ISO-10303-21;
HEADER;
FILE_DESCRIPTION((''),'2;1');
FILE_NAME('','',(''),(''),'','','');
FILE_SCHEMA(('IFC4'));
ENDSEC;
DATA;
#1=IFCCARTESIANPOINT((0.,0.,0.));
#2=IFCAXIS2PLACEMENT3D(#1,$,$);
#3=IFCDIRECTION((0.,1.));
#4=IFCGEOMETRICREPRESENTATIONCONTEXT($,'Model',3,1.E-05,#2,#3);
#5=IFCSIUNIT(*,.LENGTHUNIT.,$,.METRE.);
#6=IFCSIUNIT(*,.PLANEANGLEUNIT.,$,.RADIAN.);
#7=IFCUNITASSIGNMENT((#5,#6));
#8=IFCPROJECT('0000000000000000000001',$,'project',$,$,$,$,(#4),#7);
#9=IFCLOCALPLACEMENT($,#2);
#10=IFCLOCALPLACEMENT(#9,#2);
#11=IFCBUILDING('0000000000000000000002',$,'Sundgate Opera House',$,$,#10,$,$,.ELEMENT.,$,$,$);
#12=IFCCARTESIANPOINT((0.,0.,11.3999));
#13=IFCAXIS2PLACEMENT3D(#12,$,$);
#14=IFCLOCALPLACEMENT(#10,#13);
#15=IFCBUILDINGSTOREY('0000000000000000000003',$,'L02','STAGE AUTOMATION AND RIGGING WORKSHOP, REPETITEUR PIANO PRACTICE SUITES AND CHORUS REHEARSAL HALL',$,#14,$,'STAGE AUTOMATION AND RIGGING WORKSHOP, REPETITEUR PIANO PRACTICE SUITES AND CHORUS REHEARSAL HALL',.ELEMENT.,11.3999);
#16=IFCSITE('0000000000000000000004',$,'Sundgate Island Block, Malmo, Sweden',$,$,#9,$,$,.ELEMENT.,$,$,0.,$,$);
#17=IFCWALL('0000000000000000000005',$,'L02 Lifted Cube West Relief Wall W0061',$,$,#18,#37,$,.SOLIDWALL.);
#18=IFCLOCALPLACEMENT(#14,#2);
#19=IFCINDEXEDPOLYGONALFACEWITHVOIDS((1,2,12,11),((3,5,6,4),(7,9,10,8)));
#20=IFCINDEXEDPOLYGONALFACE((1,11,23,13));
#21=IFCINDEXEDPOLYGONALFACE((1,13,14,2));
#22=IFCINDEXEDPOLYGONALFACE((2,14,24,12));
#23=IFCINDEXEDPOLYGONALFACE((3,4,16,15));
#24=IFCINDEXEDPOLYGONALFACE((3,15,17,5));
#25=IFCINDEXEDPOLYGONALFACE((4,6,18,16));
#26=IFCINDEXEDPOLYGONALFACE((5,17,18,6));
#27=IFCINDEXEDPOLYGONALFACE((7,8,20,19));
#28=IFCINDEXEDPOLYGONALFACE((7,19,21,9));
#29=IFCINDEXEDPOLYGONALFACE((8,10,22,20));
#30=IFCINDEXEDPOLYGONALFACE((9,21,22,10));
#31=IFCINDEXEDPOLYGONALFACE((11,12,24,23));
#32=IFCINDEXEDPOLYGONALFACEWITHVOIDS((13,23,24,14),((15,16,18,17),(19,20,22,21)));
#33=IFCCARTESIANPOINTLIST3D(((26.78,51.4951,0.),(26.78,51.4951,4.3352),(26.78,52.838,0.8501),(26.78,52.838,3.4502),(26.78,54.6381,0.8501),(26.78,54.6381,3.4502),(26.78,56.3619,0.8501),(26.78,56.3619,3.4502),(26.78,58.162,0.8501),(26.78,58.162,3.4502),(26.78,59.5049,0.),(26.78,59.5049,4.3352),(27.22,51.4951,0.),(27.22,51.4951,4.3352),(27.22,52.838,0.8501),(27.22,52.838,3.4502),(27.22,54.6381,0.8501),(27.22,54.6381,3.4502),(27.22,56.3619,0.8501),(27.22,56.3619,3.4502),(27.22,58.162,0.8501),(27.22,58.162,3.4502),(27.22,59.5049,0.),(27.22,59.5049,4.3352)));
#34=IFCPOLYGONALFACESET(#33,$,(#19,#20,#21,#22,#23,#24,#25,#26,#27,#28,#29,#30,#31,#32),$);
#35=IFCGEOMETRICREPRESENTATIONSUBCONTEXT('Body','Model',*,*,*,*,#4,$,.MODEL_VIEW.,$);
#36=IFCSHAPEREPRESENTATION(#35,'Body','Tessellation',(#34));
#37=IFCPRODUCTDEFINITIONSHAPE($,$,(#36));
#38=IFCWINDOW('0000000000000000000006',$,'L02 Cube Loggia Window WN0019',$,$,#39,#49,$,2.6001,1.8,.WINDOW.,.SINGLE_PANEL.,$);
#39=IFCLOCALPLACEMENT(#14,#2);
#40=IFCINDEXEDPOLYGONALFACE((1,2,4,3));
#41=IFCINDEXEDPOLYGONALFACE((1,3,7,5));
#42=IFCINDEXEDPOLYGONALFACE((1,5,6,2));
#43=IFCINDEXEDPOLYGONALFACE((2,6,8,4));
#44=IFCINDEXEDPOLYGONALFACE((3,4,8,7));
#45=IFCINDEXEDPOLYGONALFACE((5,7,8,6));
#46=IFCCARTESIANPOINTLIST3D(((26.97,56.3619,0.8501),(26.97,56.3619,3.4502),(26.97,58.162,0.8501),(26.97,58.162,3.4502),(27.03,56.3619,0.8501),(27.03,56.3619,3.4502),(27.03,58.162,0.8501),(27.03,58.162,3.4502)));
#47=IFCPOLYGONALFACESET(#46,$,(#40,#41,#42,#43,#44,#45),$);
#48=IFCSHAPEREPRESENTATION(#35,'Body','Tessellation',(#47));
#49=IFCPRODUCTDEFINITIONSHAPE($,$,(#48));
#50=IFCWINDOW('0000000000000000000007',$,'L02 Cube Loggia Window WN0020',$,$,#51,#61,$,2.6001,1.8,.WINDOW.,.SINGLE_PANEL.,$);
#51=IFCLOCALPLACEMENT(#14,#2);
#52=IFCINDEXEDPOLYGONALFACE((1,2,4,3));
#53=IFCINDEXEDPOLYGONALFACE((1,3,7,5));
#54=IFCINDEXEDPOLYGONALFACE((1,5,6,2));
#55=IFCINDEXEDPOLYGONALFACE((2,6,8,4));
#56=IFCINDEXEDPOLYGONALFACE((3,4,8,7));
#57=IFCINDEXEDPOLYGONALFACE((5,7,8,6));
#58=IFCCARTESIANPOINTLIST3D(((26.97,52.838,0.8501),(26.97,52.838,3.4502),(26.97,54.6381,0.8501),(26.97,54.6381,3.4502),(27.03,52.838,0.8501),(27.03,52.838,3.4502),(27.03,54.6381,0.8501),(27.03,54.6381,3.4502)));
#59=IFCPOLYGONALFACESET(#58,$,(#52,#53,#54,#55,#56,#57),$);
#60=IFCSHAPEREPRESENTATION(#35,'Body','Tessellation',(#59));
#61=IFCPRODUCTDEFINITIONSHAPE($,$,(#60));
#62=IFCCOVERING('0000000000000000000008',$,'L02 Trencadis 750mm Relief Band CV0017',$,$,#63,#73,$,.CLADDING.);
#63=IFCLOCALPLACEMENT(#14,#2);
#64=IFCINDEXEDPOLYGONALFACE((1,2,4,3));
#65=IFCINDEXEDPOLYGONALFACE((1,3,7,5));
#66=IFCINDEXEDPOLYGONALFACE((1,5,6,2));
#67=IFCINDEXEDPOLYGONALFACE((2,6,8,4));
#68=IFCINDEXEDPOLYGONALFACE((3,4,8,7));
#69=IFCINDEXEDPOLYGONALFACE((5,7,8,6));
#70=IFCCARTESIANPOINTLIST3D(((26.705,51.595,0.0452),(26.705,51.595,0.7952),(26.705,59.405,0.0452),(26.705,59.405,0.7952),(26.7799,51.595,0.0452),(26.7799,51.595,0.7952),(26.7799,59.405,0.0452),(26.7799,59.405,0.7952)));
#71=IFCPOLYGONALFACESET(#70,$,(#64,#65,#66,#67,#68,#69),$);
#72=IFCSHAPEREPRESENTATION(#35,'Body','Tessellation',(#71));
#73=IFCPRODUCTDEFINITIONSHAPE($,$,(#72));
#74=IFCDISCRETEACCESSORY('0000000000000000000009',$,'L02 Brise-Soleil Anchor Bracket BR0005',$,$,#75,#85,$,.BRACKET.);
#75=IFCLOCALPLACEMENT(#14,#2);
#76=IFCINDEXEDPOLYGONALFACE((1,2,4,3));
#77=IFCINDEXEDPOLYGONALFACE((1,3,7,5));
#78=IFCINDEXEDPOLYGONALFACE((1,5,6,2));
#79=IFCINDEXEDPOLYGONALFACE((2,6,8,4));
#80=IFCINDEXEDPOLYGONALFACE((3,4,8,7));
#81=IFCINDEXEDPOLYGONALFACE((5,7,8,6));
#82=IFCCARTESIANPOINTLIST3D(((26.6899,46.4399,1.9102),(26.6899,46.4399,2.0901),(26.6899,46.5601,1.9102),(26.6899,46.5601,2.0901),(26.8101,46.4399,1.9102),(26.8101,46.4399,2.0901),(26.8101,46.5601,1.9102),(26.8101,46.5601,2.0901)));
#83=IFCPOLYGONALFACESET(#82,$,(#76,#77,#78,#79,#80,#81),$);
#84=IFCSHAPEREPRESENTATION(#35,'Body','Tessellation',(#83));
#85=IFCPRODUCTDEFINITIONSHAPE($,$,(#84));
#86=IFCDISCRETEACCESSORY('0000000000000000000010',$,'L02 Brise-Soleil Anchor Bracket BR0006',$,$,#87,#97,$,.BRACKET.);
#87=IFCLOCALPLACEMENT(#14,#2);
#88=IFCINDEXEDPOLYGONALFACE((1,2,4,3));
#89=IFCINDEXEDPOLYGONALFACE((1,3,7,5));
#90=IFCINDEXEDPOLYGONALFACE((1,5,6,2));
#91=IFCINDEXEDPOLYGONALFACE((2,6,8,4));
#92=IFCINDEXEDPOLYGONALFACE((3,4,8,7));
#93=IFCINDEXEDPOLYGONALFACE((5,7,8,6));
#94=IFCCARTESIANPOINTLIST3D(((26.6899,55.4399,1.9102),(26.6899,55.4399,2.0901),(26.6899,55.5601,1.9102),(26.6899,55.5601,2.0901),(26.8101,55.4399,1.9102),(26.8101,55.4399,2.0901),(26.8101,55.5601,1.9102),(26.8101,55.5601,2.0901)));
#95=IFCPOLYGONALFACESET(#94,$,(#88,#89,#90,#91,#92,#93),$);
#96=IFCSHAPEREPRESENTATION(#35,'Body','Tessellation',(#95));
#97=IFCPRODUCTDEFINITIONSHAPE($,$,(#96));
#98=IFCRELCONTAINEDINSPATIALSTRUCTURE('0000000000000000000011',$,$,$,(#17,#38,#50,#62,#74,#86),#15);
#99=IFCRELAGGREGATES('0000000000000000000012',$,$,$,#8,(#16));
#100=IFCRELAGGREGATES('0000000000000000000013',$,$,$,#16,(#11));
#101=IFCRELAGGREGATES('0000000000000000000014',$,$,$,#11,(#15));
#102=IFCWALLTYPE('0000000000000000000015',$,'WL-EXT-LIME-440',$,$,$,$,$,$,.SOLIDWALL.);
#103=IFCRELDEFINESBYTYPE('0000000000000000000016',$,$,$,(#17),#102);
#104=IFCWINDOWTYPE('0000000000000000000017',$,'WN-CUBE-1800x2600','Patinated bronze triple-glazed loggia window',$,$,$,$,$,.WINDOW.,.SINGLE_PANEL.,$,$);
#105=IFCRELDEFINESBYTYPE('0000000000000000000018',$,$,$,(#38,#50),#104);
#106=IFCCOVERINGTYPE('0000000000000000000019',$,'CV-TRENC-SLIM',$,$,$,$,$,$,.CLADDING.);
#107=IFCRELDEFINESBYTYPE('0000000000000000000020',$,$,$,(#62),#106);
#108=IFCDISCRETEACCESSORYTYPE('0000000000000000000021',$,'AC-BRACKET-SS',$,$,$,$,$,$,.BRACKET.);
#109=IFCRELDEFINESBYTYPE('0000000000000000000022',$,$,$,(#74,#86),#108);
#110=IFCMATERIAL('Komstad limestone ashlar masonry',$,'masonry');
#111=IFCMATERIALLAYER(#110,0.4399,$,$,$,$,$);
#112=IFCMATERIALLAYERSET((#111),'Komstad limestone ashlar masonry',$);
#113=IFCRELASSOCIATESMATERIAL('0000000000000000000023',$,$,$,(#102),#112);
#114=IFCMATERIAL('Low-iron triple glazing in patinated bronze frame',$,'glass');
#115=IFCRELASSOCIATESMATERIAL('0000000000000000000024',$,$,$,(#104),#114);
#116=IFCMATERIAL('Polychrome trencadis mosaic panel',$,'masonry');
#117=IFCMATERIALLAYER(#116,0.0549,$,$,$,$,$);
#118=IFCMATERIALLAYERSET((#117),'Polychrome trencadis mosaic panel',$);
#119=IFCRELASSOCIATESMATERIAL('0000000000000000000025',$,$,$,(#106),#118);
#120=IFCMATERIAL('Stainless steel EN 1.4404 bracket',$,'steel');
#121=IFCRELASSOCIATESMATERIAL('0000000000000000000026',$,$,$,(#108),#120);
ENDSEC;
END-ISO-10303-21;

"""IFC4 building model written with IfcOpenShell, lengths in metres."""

from ifc_helpers import new_model, si_unit, direction, frame, frame_2d, origin, origin_2d, place, context, subcontext, project, spatial, rectangle, extrude, material, layer, layer_set, type_object, element, fill, save


model = new_model("IFC4")

# Units and contexts
model_context = context("Model", 3, precision=1e-05, world=origin(), true_north=direction((0.0, 1.0)))
body_context = subcontext(model_context, "Body", "Model", "MODEL_VIEW")
ifc_project = project(units=[si_unit("LENGTHUNIT", "METRE"), si_unit("PLANEANGLEUNIT", "RADIAN")], contexts=[model_context])

# Site, building, storey
site_placement = place(None, origin())
site = spatial("IfcSite", under=ifc_project, at=site_placement, Name="Sundgate Island Block, Malmo, Sweden", CompositionType="ELEMENT", RefElevation=0.0)
building_placement = place(site_placement, origin())
building = spatial("IfcBuilding", under=site, at=building_placement, Name="Sundgate Opera House", CompositionType="ELEMENT")
storey_placement = place(building_placement, frame((0.0, 0.0, 11.3999)))
storey = spatial("IfcBuildingStorey", under=building, at=storey_placement, Name="L02", Description="STAGE AUTOMATION AND RIGGING WORKSHOP, REPETITEUR PIANO PRACTICE SUITES AND CHORUS REHEARSAL HALL", LongName="STAGE AUTOMATION AND RIGGING WORKSHOP, REPETITEUR PIANO PRACTICE SUITES AND CHORUS REHEARSAL HALL", CompositionType="ELEMENT", Elevation=11.3999)

# Shared definitions
ifc_material_1 = material(Name="Komstad limestone ashlar masonry", Category="masonry")
ifc_layer_1 = layer(ifc_material_1, 0.4399)
ifc_layer_set_1 = layer_set([ifc_layer_1], Name="Komstad limestone ashlar masonry")
wall_type = type_object("IfcWallType", Name="WL-EXT-LIME-440", PredefinedType="SOLIDWALL", material=ifc_layer_set_1)

# Wall, openings, windows
wall_1_placement = place(storey_placement, frame((27.0, 59.5049, 0.0), z_axis=(0.0, 0.0, 1.0), x_axis=(0.0, -1.0, 0.0)))
wall_1 = element("IfcWall", 1, at=wall_1_placement, inside=storey, type_object=wall_type, Name="L02 Lifted Cube West Relief Wall W0061", PredefinedType="SOLIDWALL", context=body_context, shape_type="SweptSolid", body=[
    extrude(rectangle(XDim=8.0098, YDim=0.4399, at=frame_2d((4.0049, 0.0))), origin(), (0.0, 0.0, 1.0), 4.3352),
])
opening_1_placement = place(wall_1_placement, frame((1.343, 0.0, 0.8501)))
opening_1 = element("IfcOpeningElement", 2, at=opening_1_placement, cuts=wall_1, PredefinedType="OPENING", context=body_context, shape_type="SweptSolid", body=[
    extrude(rectangle(XDim=1.8, YDim=2.6001, at=frame_2d((0.8999, 1.3))), frame((0.0, 0.23, 0.0), z_axis=(0.0, -1.0, 0.0), x_axis=(1.0, 0.0, 0.0)), (0.0, 0.0, 1.0), 0.46),
])
opening_2_placement = place(wall_1_placement, frame((4.8669, 0.0, 0.8501)))
opening_2 = element("IfcOpeningElement", 3, at=opening_2_placement, cuts=wall_1, PredefinedType="OPENING", context=body_context, shape_type="SweptSolid", body=[
    extrude(rectangle(XDim=1.8, YDim=2.6001, at=frame_2d((0.8999, 1.3))), frame((0.0, 0.23, 0.0), z_axis=(0.0, -1.0, 0.0), x_axis=(1.0, 0.0, 0.0)), (0.0, 0.0, 1.0), 0.46),
])
ifc_material_2 = material(Name="Low-iron triple glazing in patinated bronze frame", Category="glass")
window_type = type_object("IfcWindowType", Name="WN-CUBE-1800x2600", Description="Patinated bronze triple-glazed loggia window", PartitioningType="SINGLE_PANEL", PredefinedType="WINDOW", material=ifc_material_2)
window_1_placement = place(opening_1_placement, origin())
window_1 = element("IfcWindow", 4, at=window_1_placement, inside=storey, type_object=window_type, Name="L02 Cube Loggia Window WN0019", OverallHeight=2.6001, OverallWidth=1.8, PartitioningType="SINGLE_PANEL", PredefinedType="WINDOW", context=body_context, shape_type="SweptSolid", body=[
    extrude(rectangle(XDim=1.8, YDim=2.6001, at=frame_2d((0.8999, 1.3))), frame((0.0, 0.03, 0.0), z_axis=(0.0, -1.0, 0.0), x_axis=(1.0, 0.0, 0.0)), (0.0, 0.0, 1.0), 0.0601),
])
fill(opening_1, window_1)
window_2_placement = place(opening_2_placement, origin())
window_2 = element("IfcWindow", 5, at=window_2_placement, inside=storey, type_object=window_type, Name="L02 Cube Loggia Window WN0020", OverallHeight=2.6001, OverallWidth=1.8, PartitioningType="SINGLE_PANEL", PredefinedType="WINDOW", context=body_context, shape_type="SweptSolid", body=[
    extrude(rectangle(XDim=1.8, YDim=2.6001, at=frame_2d((0.8999, 1.3))), frame((0.0, 0.03, 0.0), z_axis=(0.0, -1.0, 0.0), x_axis=(1.0, 0.0, 0.0)), (0.0, 0.0, 1.0), 0.0601),
])
fill(opening_2, window_2)

# Covering
ifc_material_3 = material(Name="Polychrome trencadis mosaic panel", Category="masonry")
ifc_layer_2 = layer(ifc_material_3, 0.0549)
ifc_layer_set_2 = layer_set([ifc_layer_2], Name="Polychrome trencadis mosaic panel")
covering_type = type_object("IfcCoveringType", Name="CV-TRENC-SLIM", PredefinedType="CLADDING", material=ifc_layer_set_2)
covering_placement = place(storey_placement, frame((26.7424, 55.5, 0.0452), z_axis=(0.0, 0.0, 1.0), x_axis=(0.0, 1.0, 0.0)))
element("IfcCovering", 6, at=covering_placement, inside=storey, type_object=covering_type, Name="L02 Trencadis 750mm Relief Band CV0017", PredefinedType="CLADDING", context=body_context, shape_type="SweptSolid", body=[
    extrude(rectangle(XDim=7.8101, YDim=0.075, at=origin_2d()), origin(), (0.0, 0.0, 1.0), 0.75),
])

# Discrete accessories
ifc_material_4 = material(Name="Stainless steel EN 1.4404 bracket", Category="steel")
discrete_accessory_type = type_object("IfcDiscreteAccessoryType", Name="AC-BRACKET-SS", PredefinedType="BRACKET", material=ifc_material_4)
for number, where, z_axis, x_axis, name in (
    (7, (26.75, 46.5, 1.9102), (0.0, 0.0, 1.0), (1.0, 0.0, 0.0), "L02 Brise-Soleil Anchor Bracket BR0005"),
    (8, (26.75, 55.5, 1.9102), (0.0, 0.0, 1.0), (1.0, 0.0, 0.0), "L02 Brise-Soleil Anchor Bracket BR0006"),
):
    element("IfcDiscreteAccessory", number, at=place(storey_placement, frame(where, z_axis=z_axis, x_axis=x_axis)), inside=storey, type_object=discrete_accessory_type, Name=name, PredefinedType="BRACKET", context=body_context, shape_type="SweptSolid", body=[
        extrude(rectangle(XDim=0.1201, YDim=0.1201, at=origin_2d()), origin(), (0.0, 0.0, 1.0), 0.1799),
    ])

save(model, "model.ifc")
